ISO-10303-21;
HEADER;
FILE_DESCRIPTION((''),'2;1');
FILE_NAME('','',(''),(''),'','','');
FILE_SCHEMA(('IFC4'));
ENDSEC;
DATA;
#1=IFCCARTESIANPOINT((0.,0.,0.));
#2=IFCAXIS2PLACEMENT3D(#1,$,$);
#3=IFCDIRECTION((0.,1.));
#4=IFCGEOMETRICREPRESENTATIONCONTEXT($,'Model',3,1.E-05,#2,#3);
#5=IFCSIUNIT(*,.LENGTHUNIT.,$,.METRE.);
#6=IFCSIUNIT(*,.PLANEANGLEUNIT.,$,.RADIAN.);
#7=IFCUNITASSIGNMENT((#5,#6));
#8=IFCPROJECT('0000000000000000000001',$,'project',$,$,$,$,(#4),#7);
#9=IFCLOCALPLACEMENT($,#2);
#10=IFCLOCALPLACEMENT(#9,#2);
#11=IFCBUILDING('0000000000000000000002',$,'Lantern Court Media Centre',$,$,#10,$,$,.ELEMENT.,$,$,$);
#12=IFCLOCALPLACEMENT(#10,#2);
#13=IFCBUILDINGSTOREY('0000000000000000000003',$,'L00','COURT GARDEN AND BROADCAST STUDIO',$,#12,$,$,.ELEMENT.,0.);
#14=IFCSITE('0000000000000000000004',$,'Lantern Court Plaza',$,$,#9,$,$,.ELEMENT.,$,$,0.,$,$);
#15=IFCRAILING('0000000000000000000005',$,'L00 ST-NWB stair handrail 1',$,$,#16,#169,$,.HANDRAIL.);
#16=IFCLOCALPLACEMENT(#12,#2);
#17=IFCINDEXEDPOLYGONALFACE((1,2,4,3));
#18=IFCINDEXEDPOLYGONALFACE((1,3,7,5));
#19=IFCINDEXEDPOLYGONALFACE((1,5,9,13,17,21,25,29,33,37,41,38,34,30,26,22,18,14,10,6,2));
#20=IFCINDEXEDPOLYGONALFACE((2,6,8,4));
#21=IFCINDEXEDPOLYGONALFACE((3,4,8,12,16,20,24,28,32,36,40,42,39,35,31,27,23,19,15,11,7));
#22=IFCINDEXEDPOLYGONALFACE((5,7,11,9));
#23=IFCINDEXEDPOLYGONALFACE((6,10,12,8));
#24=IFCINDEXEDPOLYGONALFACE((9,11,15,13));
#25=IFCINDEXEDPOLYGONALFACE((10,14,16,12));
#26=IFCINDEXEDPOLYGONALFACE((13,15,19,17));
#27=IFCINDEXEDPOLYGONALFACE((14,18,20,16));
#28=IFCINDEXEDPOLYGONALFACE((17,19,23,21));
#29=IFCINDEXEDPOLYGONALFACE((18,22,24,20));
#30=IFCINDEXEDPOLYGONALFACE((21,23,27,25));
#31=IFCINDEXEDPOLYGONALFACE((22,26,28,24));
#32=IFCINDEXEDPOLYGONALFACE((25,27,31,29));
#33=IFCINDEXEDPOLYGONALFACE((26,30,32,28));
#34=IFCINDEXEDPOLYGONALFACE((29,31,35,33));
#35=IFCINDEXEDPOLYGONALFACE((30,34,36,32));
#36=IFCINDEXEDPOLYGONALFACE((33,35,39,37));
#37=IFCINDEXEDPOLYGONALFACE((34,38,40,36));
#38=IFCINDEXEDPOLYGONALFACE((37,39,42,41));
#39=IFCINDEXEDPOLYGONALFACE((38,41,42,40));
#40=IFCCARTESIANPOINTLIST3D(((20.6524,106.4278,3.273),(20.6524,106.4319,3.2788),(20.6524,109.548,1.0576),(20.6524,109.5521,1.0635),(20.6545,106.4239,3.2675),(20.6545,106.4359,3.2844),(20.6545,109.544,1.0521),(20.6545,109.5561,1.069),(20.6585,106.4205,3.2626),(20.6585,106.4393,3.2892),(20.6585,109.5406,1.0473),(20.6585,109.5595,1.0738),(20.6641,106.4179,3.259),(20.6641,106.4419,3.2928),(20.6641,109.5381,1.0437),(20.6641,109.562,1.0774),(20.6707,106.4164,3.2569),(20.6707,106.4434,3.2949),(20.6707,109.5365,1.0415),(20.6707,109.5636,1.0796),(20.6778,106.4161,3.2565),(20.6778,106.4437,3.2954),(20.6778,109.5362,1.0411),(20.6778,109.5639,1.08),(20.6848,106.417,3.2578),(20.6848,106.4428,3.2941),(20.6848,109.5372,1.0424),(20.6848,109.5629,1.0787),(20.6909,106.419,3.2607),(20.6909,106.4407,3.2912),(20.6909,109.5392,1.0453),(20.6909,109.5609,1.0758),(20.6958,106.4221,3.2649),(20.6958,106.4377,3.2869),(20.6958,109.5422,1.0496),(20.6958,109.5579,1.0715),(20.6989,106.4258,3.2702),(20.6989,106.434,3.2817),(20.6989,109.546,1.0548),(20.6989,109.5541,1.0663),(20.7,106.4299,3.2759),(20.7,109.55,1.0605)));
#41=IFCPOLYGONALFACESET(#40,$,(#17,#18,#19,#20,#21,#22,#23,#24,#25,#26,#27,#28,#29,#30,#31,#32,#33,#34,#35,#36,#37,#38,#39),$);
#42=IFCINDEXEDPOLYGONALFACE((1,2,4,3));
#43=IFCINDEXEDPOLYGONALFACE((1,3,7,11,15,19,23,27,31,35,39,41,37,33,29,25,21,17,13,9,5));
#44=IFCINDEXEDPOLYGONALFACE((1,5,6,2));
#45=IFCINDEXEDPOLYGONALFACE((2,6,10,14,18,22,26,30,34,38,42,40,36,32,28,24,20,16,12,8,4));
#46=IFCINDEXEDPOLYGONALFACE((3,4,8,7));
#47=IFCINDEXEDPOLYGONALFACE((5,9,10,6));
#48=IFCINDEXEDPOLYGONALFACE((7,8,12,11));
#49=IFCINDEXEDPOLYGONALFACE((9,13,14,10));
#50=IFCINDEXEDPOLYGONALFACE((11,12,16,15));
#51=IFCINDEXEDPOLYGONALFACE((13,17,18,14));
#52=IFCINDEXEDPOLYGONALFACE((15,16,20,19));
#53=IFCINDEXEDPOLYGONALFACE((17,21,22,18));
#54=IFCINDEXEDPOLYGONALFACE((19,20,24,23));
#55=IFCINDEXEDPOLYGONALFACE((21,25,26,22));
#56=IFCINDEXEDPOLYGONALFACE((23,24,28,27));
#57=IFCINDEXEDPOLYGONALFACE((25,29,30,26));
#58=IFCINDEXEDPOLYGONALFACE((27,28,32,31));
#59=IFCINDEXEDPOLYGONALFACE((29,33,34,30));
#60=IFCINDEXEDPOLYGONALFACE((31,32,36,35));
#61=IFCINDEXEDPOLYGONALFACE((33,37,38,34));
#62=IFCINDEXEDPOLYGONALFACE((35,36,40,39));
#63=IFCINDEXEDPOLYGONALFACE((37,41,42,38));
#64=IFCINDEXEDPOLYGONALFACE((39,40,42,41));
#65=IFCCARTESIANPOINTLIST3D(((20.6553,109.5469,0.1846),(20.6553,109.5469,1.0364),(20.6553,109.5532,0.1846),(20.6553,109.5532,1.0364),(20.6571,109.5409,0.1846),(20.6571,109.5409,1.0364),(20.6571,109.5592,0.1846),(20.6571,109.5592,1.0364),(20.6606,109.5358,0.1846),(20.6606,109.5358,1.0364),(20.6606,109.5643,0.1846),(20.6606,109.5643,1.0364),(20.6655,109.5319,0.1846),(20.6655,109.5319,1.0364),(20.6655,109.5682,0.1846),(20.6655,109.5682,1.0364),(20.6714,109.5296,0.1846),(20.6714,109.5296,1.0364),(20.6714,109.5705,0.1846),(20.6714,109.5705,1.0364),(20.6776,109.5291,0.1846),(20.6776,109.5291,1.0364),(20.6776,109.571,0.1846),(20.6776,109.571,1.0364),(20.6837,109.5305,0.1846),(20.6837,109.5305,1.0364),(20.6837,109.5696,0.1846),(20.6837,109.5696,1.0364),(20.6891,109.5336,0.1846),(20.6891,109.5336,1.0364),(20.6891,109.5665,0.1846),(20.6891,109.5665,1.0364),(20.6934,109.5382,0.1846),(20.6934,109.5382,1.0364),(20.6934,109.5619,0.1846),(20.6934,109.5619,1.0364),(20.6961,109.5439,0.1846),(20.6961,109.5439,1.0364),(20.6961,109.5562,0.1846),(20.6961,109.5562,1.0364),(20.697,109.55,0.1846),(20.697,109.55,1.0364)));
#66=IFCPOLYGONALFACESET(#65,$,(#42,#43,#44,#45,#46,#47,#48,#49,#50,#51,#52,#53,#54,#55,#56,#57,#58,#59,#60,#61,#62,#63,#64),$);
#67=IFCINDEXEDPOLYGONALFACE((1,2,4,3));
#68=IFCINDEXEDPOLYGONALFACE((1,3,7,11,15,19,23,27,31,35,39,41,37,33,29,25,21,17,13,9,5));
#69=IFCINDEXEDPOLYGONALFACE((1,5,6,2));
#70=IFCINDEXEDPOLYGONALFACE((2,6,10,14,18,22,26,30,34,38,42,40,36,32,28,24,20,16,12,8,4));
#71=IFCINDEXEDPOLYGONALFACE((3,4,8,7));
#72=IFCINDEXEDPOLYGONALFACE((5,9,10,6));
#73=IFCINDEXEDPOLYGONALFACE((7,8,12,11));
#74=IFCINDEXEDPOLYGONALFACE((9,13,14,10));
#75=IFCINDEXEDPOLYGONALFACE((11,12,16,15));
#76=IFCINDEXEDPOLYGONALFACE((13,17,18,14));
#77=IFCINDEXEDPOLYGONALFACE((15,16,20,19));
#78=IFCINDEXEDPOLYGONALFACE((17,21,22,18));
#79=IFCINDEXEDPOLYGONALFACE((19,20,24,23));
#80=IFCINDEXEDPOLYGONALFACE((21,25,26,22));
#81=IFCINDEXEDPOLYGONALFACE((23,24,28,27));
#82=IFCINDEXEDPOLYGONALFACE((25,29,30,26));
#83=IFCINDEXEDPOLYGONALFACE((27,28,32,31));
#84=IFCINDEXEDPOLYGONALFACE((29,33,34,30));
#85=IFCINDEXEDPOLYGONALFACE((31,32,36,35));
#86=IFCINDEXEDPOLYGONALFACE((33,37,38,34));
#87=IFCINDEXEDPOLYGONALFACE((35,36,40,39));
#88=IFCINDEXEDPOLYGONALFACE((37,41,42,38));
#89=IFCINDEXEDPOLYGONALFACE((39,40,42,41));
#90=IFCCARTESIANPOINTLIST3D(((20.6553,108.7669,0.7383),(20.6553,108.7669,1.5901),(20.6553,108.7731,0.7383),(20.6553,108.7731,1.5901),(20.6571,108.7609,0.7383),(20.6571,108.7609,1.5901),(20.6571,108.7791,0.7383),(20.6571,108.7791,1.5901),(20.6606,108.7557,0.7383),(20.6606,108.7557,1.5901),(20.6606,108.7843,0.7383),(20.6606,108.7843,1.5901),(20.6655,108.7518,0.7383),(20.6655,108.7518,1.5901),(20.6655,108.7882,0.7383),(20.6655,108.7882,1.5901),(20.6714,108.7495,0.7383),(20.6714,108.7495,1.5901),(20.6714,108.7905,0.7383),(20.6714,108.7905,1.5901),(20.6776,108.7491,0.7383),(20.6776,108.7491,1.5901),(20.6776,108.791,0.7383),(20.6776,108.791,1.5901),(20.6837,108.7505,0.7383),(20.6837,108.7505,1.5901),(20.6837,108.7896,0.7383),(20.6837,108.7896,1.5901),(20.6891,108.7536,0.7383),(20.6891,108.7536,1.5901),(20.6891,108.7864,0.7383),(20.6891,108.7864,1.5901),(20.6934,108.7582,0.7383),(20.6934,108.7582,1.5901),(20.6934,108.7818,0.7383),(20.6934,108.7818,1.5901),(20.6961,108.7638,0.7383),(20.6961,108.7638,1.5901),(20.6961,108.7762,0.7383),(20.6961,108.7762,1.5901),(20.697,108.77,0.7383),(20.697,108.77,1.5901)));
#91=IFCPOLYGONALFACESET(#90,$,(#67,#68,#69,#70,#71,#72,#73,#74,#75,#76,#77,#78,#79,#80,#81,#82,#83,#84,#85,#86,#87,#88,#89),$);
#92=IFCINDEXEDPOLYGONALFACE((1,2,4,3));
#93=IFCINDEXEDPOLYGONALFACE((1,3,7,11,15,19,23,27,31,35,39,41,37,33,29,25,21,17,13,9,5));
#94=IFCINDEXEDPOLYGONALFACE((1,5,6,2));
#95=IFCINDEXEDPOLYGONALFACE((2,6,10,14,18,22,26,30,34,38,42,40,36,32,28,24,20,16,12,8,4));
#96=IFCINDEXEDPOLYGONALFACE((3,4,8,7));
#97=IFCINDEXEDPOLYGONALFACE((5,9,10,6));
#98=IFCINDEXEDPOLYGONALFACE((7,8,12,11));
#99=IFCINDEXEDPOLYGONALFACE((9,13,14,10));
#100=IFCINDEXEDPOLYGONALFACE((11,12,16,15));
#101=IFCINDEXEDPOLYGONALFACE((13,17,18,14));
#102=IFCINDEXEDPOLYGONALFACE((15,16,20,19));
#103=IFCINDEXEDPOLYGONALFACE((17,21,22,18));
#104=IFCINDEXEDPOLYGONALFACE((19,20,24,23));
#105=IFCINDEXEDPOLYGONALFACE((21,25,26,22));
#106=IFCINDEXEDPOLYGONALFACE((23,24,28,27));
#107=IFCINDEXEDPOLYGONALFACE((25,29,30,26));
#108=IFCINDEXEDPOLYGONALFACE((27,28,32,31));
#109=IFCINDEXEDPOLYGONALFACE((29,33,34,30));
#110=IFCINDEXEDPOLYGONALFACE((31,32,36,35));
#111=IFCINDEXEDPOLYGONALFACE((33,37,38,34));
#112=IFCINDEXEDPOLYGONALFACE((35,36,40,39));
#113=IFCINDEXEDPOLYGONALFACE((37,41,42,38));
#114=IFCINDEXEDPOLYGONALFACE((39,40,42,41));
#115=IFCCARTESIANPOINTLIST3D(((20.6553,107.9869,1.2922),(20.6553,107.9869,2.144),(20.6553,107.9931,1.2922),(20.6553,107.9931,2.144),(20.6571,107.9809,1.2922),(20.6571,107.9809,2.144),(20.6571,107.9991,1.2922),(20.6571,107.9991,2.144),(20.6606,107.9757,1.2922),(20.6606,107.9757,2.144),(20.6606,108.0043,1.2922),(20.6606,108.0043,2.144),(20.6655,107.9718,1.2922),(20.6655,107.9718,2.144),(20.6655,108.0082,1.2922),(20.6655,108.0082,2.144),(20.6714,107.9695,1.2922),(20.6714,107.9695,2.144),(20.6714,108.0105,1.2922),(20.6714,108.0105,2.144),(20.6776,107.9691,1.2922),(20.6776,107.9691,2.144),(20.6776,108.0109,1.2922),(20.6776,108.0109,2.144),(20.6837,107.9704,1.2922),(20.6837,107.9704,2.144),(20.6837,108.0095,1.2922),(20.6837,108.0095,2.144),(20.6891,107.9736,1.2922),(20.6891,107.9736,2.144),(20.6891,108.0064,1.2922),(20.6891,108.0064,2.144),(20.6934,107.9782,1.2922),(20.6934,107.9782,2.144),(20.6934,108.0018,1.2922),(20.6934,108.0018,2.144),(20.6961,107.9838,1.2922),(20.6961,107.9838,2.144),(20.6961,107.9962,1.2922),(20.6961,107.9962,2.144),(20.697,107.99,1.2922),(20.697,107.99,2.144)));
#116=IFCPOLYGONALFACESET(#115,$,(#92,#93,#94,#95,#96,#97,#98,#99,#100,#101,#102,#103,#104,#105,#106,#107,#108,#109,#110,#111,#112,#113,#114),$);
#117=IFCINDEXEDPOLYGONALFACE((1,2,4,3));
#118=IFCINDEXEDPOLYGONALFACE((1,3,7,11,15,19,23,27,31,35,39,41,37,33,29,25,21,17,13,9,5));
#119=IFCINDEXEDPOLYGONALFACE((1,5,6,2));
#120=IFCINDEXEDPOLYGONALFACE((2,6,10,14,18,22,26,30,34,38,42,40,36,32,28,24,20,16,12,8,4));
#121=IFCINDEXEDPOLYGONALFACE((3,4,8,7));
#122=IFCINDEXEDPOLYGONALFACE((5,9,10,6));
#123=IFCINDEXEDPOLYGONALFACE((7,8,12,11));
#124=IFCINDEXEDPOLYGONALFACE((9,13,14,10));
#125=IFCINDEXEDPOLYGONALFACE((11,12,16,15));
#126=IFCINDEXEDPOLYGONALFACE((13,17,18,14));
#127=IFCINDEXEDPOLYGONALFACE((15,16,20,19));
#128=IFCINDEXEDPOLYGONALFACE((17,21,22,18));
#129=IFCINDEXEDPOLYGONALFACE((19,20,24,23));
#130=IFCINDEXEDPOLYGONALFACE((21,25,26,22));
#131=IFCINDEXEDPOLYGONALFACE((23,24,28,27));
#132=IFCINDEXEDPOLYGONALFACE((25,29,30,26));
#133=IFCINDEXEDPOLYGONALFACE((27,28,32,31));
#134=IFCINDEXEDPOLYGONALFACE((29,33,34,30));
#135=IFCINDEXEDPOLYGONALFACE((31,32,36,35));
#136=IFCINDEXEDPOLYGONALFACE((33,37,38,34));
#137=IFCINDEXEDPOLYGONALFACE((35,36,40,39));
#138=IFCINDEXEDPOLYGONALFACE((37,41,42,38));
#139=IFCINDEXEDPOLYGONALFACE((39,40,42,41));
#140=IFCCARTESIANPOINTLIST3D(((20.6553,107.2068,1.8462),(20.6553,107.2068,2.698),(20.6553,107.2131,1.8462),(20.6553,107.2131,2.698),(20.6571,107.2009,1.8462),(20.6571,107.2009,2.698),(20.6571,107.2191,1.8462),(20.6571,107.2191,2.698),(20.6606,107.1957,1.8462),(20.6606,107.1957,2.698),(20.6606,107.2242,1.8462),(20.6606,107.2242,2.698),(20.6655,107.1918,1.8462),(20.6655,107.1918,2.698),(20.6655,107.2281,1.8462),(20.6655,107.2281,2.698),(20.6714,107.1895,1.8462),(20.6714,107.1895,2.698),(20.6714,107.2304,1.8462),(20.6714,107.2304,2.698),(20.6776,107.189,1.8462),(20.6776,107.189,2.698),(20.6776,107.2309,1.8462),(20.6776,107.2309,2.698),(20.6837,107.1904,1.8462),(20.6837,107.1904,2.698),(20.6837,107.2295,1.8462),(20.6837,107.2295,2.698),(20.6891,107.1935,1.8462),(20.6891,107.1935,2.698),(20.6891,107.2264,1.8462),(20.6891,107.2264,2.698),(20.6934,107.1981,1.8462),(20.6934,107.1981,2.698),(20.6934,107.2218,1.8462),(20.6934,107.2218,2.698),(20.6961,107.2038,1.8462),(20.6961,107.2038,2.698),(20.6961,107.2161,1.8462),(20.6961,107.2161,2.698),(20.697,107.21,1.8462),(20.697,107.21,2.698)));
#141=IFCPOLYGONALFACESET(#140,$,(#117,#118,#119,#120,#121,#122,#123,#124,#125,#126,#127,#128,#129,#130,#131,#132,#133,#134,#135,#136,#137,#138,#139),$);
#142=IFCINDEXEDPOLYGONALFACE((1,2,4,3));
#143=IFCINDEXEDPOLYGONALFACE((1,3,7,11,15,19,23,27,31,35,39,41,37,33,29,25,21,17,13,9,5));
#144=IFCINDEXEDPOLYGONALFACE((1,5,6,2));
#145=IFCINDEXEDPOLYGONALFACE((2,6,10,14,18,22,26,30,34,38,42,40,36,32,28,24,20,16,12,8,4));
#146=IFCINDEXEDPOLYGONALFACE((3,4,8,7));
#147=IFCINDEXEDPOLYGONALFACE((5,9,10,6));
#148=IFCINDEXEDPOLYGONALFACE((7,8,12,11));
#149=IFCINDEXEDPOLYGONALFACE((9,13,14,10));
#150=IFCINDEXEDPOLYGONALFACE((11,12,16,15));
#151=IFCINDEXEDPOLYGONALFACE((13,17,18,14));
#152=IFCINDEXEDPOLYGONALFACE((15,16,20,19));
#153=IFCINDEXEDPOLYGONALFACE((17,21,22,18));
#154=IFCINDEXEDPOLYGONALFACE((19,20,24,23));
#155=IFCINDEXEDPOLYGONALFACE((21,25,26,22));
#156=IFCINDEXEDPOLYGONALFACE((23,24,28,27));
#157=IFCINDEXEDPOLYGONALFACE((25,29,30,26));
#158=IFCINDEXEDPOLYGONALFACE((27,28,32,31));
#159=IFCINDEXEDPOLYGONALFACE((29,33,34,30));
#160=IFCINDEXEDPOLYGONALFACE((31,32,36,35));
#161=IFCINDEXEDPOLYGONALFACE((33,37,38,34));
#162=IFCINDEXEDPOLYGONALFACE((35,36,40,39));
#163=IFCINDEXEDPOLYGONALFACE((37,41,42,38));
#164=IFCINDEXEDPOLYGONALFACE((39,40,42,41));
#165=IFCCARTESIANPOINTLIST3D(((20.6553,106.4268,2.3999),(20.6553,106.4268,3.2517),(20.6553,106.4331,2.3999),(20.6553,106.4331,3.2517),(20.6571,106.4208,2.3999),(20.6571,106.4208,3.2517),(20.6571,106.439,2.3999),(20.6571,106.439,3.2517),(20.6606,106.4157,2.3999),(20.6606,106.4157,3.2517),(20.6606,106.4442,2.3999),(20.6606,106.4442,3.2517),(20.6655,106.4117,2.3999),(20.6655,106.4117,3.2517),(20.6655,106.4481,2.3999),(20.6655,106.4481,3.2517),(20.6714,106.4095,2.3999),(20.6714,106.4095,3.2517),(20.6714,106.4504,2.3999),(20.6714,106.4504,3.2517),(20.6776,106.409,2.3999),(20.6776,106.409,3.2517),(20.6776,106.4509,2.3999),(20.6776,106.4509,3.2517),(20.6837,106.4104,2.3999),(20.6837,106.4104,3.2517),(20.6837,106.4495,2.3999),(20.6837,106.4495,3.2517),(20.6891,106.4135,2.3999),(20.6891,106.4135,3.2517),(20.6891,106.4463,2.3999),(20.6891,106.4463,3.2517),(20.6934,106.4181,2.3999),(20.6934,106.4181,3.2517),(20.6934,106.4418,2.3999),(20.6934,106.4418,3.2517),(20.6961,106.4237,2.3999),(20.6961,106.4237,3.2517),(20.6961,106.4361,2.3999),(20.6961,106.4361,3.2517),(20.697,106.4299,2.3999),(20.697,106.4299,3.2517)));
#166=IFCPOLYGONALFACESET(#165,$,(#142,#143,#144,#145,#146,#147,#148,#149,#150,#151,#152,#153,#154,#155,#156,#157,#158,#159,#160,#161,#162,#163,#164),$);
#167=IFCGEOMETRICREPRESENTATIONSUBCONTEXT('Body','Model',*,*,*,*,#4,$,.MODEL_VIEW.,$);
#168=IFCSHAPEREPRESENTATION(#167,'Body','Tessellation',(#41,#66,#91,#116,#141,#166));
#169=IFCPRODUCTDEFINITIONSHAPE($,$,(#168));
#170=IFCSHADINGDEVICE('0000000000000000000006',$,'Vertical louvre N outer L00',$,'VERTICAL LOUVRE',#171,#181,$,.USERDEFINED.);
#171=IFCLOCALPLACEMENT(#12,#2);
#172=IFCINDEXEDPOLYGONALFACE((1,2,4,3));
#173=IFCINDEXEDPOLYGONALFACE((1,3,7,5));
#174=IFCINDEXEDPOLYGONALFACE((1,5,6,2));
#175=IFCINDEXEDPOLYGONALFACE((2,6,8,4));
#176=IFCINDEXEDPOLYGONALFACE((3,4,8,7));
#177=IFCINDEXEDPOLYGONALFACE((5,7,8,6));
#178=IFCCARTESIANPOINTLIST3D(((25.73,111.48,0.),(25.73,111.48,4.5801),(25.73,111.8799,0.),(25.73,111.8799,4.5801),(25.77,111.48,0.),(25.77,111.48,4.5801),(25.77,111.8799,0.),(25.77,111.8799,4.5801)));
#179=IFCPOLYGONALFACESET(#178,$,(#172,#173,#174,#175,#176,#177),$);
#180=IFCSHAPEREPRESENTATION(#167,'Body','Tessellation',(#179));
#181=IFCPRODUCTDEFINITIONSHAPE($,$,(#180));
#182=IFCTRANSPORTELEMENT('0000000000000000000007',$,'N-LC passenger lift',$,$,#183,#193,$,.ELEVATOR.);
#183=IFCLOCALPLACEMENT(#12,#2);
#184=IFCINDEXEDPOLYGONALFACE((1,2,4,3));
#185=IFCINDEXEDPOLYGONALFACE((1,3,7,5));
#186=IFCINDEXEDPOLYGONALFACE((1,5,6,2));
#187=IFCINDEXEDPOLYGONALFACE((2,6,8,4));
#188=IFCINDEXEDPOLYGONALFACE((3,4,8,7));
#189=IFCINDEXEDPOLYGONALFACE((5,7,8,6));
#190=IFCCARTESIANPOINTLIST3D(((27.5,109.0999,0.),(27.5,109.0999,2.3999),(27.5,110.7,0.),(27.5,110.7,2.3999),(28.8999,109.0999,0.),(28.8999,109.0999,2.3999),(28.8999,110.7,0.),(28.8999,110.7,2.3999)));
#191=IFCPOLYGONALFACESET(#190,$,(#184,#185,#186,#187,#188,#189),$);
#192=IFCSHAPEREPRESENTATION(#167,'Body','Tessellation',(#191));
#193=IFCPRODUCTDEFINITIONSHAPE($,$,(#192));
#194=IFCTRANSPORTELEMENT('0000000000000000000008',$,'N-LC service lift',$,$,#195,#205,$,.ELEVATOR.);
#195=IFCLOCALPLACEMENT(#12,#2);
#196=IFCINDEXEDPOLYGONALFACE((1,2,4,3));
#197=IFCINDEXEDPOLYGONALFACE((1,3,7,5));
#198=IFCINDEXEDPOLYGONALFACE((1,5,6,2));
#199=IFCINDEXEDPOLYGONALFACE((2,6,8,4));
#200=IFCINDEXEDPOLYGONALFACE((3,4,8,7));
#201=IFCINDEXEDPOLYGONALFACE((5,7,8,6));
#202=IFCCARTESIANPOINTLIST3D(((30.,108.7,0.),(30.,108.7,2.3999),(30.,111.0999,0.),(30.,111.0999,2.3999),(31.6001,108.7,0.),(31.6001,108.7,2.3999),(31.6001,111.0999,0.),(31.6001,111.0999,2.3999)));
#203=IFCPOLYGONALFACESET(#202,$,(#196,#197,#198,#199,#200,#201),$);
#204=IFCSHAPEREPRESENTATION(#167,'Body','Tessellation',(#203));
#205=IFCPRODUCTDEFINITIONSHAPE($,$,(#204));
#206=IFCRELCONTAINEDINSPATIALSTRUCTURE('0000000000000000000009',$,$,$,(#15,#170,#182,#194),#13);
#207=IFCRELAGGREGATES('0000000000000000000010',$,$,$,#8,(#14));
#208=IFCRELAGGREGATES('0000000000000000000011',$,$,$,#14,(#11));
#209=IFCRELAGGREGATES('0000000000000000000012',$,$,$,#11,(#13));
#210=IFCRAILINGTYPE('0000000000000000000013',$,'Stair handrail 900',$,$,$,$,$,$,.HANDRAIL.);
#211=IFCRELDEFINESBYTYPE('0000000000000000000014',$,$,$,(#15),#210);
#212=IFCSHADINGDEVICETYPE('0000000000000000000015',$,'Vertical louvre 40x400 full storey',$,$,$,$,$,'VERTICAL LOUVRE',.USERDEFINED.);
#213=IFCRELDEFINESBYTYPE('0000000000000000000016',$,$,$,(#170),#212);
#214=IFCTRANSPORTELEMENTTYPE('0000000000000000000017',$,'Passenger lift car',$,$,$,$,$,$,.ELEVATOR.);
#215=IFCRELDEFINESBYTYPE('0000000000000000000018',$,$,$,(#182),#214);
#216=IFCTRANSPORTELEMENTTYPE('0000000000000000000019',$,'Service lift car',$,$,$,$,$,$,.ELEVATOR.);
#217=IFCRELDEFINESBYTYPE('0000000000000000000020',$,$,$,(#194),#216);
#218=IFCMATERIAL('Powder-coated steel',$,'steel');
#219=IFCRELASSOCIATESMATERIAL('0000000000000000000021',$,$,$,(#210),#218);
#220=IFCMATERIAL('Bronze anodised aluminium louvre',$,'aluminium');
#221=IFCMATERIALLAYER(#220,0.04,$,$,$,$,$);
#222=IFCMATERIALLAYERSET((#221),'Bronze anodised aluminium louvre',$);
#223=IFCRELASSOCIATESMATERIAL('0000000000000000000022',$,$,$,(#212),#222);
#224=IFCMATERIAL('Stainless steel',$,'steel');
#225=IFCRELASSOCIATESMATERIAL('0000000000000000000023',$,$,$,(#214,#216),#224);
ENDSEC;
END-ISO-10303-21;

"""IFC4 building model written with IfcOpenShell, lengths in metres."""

from ifc_helpers import new_model, si_unit, direction, frame, origin, origin_2d, place, context, subcontext, project, spatial, rectangle, circle, extrude, material, layer, layer_set, type_object, element, save


model = new_model("IFC4")

# Units and contexts
model_context = context("Model", 3, precision=1e-05, world=origin(), true_north=direction((0.0, 1.0)))
body_context = subcontext(model_context, "Body", "Model", "MODEL_VIEW")
ifc_project = project(units=[si_unit("LENGTHUNIT", "METRE"), si_unit("PLANEANGLEUNIT", "RADIAN")], contexts=[model_context])

# Site, building, storey
site_placement = place(None, origin())
site = spatial("IfcSite", under=ifc_project, at=site_placement, Name="Lantern Court Plaza", CompositionType="ELEMENT", RefElevation=0.0)
building_placement = place(site_placement, origin())
building = spatial("IfcBuilding", under=site, at=building_placement, Name="Lantern Court Media Centre", CompositionType="ELEMENT")
storey_placement = place(building_placement, origin())
storey = spatial("IfcBuildingStorey", under=building, at=storey_placement, Name="L00", Description="COURT GARDEN AND BROADCAST STUDIO", CompositionType="ELEMENT", Elevation=0.0)

# Shared definitions
ifc_material_1 = material(Name="Powder-coated steel", Category="steel")

# Railing
railing_type_1 = type_object("IfcRailingType", Name="Stair handrail 900", PredefinedType="HANDRAIL", material=ifc_material_1)
railing_1_placement = place(storey_placement, frame((20.676, 109.55, 0.1846)))
element("IfcRailing", 1, at=railing_1_placement, inside=storey, type_object=railing_type_1, Name="L00 ST-NWB stair handrail 1", PredefinedType="HANDRAIL", context=body_context, shape_type="SweptSolid", body=[
    extrude(circle(Radius=0.0239, at=origin_2d()), frame((0.0, 0.0, 0.876), z_axis=(0.0, -0.815377, 0.57893), x_axis=(1.0, 0.0, 0.0)), (0.0, 0.0, 1.0), 3.8267),
    extrude(circle(Radius=0.021, at=origin_2d()), origin(), (0.0, 0.0, 1.0), 0.8518),
    extrude(circle(Radius=0.021, at=origin_2d()), frame((0.0, -0.78, 0.5537)), (0.0, 0.0, 1.0), 0.8518),
    extrude(circle(Radius=0.021, at=origin_2d()), frame((0.0, -1.5601, 1.1077)), (0.0, 0.0, 1.0), 0.8518),
    extrude(circle(Radius=0.021, at=origin_2d()), frame((0.0, -2.3401, 1.6616)), (0.0, 0.0, 1.0), 0.8518),
    extrude(circle(Radius=0.021, at=origin_2d()), frame((0.0, -3.1201, 2.2153)), (0.0, 0.0, 1.0), 0.8518),
])

# Shading device
ifc_material_2 = material(Name="Bronze anodised aluminium louvre", Category="aluminium")
ifc_layer_1 = layer(ifc_material_2, 0.04)
ifc_layer_set_1 = layer_set([ifc_layer_1], Name="Bronze anodised aluminium louvre")
shading_device_type = type_object("IfcShadingDeviceType", Name="Vertical louvre 40x400 full storey", ElementType="VERTICAL LOUVRE", PredefinedType="USERDEFINED", material=ifc_layer_set_1)
shading_device_placement = place(storey_placement, frame((25.75, 111.6799, 0.0), z_axis=(0.0, 0.0, 1.0), x_axis=(1.0, 0.0, 0.0)))
element("IfcShadingDevice", 2, at=shading_device_placement, inside=storey, type_object=shading_device_type, Name="Vertical louvre N outer L00", ObjectType="VERTICAL LOUVRE", PredefinedType="USERDEFINED", context=body_context, shape_type="SweptSolid", body=[
    extrude(rectangle(XDim=0.04, YDim=0.3999, at=origin_2d()), origin(), (0.0, 0.0, 1.0), 4.5801),
])

# Transport elements
ifc_material_3 = material(Name="Stainless steel", Category="steel")
transport_element_type_1 = type_object("IfcTransportElementType", Name="Passenger lift car", PredefinedType="ELEVATOR", material=ifc_material_3)
transport_element_1_placement = place(storey_placement, frame((28.2, 109.8999, 0.0), z_axis=(0.0, 0.0, 1.0), x_axis=(1.0, 0.0, 0.0)))
element("IfcTransportElement", 3, at=transport_element_1_placement, inside=storey, type_object=transport_element_type_1, Name="N-LC passenger lift", PredefinedType="ELEVATOR", context=body_context, shape_type="SweptSolid", body=[
    extrude(rectangle(XDim=1.3999, YDim=1.6001, at=origin_2d()), origin(), (0.0, 0.0, 1.0), 2.3999),
])
transport_element_type_2 = type_object("IfcTransportElementType", Name="Service lift car", PredefinedType="ELEVATOR", material=ifc_material_3)
transport_element_2_placement = place(storey_placement, frame((30.8, 109.8999, 0.0), z_axis=(0.0, 0.0, 1.0), x_axis=(1.0, 0.0, 0.0)))
element("IfcTransportElement", 4, at=transport_element_2_placement, inside=storey, type_object=transport_element_type_2, Name="N-LC service lift", PredefinedType="ELEVATOR", context=body_context, shape_type="SweptSolid", body=[
    extrude(rectangle(XDim=1.6001, YDim=2.3999, at=origin_2d()), origin(), (0.0, 0.0, 1.0), 2.3999),
])

save(model, "model.ifc")
